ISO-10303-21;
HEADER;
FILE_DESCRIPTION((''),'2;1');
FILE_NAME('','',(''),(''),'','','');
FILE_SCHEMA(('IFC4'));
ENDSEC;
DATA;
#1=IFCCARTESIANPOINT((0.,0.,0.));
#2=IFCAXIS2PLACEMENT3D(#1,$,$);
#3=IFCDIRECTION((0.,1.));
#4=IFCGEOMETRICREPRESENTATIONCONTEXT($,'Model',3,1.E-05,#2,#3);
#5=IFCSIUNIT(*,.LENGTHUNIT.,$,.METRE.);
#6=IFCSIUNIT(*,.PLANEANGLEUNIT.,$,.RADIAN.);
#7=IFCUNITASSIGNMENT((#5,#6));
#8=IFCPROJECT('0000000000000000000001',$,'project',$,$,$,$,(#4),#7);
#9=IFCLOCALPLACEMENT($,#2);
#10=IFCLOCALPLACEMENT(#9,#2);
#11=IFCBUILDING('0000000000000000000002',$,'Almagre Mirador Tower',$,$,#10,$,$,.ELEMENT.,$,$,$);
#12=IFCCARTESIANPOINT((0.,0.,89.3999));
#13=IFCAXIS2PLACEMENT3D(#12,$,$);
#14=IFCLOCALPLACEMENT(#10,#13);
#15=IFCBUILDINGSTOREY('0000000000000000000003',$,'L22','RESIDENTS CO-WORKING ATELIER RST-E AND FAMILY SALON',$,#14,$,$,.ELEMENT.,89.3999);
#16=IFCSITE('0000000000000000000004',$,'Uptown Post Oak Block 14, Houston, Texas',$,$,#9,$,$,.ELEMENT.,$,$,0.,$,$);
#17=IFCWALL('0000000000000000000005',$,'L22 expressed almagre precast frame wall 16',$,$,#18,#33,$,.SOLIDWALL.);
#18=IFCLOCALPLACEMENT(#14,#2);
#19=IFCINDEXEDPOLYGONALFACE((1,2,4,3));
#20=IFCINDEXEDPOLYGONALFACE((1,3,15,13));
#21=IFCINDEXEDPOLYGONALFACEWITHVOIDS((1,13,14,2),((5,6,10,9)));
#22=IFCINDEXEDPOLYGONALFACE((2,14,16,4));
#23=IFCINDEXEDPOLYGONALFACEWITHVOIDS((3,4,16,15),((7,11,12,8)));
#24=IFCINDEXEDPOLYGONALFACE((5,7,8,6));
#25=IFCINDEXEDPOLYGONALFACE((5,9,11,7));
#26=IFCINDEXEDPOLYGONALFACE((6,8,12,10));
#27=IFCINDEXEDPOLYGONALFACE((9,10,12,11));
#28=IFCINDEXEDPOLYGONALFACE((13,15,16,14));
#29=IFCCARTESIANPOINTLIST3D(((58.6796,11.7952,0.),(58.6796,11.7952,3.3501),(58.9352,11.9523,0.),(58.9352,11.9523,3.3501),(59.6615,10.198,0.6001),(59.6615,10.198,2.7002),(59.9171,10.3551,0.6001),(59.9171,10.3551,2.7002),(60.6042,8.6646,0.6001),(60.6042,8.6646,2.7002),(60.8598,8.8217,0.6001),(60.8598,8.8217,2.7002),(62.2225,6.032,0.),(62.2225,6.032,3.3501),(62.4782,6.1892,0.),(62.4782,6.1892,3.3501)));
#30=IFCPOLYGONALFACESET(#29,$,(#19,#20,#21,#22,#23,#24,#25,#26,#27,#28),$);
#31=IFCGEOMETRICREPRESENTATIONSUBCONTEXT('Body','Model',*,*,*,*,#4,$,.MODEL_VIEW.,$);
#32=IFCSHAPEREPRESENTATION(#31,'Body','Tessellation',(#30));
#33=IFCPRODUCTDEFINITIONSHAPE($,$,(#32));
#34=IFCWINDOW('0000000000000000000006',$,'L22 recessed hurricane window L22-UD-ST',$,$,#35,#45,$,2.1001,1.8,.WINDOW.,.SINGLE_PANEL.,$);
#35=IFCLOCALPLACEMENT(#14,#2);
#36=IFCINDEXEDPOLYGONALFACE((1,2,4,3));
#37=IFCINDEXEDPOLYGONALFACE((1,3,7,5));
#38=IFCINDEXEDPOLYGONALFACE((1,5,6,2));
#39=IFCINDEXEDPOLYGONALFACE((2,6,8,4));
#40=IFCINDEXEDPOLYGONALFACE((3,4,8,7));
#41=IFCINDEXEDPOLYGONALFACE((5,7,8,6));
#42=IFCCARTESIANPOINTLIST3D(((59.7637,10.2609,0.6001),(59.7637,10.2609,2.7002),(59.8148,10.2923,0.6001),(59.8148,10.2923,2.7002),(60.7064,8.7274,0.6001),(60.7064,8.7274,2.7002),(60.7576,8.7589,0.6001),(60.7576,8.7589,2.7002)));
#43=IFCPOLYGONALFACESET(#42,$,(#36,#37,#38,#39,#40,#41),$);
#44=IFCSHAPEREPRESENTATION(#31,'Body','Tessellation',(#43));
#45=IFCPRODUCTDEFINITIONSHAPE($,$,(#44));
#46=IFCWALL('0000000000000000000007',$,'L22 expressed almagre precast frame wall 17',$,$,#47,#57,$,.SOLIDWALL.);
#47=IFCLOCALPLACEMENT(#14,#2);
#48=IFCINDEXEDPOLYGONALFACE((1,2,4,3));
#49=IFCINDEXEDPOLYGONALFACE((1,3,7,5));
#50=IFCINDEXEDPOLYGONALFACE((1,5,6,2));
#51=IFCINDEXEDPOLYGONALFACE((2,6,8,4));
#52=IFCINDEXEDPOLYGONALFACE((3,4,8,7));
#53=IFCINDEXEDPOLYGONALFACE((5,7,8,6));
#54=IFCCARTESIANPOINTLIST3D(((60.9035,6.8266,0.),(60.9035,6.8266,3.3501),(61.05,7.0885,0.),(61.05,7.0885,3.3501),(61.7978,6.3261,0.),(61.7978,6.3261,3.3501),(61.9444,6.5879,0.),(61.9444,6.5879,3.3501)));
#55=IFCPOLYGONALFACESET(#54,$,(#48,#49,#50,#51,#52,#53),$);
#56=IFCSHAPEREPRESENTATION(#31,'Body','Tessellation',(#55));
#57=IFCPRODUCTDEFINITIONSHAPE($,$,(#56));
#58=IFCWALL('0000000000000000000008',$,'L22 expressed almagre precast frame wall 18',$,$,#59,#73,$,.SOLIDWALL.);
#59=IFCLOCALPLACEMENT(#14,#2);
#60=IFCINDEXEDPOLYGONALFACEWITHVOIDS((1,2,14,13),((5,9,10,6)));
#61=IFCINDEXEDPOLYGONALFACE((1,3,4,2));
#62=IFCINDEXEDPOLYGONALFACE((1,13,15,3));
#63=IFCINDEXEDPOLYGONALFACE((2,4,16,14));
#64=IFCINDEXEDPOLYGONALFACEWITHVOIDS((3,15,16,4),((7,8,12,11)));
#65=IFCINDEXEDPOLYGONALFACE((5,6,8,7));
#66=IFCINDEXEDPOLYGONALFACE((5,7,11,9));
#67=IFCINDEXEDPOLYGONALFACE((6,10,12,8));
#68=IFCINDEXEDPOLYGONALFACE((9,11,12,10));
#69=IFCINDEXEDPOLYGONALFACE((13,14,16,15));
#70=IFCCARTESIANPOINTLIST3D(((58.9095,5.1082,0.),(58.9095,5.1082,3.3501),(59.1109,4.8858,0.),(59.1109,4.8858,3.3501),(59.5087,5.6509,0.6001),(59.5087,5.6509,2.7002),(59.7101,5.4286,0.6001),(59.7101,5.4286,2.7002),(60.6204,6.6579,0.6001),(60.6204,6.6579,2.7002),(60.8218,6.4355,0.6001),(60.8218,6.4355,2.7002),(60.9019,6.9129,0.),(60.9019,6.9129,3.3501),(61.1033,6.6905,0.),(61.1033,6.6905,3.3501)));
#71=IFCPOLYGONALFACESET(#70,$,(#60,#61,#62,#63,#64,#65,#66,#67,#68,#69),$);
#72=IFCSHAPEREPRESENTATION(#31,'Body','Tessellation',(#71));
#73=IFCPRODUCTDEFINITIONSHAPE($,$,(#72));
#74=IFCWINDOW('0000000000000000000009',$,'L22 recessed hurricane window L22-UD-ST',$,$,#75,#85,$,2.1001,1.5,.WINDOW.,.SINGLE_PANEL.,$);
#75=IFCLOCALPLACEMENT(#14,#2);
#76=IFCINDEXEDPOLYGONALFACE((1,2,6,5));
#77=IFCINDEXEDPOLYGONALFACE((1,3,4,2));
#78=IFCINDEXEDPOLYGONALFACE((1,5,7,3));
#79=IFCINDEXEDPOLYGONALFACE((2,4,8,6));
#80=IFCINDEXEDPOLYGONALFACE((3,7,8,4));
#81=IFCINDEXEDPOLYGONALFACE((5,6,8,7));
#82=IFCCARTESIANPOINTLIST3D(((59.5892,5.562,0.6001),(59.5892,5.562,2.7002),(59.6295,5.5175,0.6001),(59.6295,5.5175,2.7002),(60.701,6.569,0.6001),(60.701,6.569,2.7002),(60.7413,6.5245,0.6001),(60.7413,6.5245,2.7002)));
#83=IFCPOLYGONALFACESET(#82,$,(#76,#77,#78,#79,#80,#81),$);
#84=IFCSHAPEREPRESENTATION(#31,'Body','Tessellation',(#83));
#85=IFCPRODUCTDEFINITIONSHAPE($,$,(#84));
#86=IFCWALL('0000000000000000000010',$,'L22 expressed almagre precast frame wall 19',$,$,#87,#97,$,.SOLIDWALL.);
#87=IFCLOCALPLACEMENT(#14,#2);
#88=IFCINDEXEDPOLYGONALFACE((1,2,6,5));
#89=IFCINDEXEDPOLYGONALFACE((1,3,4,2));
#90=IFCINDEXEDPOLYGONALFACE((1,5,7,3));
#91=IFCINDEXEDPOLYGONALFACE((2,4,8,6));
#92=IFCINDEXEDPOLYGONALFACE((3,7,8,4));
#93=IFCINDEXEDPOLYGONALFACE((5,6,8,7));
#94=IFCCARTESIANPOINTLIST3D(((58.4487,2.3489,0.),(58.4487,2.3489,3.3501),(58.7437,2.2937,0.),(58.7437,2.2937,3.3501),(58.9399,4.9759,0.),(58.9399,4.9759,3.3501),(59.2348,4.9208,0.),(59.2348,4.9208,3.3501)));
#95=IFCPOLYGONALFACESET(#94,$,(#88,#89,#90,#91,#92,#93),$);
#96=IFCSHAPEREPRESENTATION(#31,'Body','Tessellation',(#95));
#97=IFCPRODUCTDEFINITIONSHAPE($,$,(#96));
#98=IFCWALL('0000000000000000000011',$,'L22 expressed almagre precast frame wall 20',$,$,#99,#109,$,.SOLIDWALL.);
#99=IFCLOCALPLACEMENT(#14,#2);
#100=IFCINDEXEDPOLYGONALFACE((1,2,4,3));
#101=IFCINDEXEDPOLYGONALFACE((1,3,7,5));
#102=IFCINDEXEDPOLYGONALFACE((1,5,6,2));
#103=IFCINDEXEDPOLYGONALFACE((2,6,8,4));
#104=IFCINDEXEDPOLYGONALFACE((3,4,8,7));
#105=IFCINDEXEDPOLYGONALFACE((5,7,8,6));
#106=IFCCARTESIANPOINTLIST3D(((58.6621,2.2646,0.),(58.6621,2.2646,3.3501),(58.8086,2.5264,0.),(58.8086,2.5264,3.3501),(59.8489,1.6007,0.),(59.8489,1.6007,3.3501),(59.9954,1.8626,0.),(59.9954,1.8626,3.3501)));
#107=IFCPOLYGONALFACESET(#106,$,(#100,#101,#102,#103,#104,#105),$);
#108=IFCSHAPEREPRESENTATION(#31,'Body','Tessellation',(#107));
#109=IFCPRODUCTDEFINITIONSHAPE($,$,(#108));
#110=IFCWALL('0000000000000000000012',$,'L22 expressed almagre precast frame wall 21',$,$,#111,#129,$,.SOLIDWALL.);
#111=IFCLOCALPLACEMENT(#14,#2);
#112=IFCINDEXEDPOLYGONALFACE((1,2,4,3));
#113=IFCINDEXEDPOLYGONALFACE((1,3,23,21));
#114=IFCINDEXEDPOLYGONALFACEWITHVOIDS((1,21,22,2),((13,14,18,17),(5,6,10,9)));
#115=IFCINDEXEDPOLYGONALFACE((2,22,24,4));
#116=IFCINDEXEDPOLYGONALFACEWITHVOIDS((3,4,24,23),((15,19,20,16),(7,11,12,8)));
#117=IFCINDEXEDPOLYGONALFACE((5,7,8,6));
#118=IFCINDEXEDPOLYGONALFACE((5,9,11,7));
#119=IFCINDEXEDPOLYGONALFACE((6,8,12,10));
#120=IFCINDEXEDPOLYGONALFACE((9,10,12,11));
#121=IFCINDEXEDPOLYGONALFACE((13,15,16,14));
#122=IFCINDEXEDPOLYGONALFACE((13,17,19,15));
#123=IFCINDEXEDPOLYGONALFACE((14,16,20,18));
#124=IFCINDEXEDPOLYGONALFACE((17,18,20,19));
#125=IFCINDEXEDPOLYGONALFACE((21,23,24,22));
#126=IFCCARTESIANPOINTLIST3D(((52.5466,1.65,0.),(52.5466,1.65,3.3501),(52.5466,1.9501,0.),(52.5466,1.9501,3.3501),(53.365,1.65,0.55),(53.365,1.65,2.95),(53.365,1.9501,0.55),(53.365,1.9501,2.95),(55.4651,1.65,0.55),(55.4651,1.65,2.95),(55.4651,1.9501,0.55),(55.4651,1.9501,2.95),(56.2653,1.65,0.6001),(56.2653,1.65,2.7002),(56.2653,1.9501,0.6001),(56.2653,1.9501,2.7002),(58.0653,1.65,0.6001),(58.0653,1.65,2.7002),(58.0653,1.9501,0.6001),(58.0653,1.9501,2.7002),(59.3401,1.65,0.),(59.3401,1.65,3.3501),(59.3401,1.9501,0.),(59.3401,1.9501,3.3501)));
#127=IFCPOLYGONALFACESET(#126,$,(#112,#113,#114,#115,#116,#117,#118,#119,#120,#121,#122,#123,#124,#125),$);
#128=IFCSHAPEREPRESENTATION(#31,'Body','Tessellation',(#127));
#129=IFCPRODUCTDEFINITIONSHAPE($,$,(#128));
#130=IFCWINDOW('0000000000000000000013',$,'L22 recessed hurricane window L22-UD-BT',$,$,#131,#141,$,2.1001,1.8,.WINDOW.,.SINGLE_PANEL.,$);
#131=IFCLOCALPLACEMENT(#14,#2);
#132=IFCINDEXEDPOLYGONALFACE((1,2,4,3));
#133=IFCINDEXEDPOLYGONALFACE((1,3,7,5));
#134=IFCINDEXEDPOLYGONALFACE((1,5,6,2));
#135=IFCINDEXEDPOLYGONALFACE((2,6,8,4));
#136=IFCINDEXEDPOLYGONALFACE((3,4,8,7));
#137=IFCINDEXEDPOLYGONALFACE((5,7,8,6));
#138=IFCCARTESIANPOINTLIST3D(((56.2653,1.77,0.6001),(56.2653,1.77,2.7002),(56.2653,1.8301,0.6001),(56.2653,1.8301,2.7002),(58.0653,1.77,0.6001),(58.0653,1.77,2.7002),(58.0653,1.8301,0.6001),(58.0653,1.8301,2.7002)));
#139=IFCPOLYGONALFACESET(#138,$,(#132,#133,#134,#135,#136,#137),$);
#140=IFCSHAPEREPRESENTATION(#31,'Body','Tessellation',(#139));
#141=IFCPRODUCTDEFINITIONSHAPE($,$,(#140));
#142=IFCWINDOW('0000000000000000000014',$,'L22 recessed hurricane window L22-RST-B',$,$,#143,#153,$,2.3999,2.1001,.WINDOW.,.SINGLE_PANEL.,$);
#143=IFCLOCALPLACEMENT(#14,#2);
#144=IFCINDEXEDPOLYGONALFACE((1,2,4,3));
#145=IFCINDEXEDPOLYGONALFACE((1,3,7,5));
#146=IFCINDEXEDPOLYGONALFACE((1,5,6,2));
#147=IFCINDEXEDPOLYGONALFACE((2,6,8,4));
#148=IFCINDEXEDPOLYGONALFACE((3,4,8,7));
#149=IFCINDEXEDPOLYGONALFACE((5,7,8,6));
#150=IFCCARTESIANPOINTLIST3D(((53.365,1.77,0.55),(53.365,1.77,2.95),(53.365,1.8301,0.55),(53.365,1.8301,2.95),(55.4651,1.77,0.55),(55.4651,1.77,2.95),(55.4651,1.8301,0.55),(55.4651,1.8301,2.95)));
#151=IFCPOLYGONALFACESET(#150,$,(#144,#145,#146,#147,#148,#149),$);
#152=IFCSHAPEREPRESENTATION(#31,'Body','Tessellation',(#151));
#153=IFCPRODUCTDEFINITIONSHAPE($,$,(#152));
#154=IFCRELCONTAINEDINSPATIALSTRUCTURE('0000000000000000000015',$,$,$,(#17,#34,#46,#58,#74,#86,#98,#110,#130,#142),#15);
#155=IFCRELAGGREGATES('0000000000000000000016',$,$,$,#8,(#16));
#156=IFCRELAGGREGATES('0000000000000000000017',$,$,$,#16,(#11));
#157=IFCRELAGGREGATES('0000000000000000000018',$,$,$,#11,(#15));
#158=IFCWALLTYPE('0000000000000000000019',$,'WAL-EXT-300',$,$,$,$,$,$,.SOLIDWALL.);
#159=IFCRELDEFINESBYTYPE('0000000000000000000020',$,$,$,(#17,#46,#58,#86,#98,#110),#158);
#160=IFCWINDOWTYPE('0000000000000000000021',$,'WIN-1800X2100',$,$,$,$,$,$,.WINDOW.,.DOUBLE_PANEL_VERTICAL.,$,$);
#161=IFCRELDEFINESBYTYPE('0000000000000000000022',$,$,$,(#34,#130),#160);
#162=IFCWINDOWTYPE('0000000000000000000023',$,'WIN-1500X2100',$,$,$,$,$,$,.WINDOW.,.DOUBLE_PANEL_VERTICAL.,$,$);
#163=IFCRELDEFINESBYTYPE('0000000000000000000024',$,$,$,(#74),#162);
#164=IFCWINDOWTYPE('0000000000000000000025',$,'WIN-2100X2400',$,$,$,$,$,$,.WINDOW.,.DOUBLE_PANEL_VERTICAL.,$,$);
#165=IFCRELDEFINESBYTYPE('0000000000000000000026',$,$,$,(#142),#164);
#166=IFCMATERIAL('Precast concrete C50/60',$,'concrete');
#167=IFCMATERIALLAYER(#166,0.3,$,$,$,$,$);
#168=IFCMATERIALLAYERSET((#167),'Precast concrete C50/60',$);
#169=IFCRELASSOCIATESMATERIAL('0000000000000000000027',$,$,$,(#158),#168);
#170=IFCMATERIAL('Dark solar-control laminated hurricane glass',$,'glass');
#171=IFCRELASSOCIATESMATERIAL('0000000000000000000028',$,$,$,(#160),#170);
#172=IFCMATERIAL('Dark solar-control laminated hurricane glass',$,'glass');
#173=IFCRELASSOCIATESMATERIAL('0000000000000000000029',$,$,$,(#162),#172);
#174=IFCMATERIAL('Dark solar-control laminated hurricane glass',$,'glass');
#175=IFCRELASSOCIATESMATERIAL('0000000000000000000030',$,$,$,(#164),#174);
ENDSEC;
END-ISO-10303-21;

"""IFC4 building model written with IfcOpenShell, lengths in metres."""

from ifc_helpers import new_model, si_unit, direction, frame, frame_2d, origin, place, context, subcontext, project, spatial, rectangle, extrude, material, layer, layer_set, type_object, element, fill, save


model = new_model("IFC4")

# Units and contexts
model_context = context("Model", 3, precision=1e-05, world=origin(), true_north=direction((0.0, 1.0)))
body_context = subcontext(model_context, "Body", "Model", "MODEL_VIEW")
ifc_project = project(units=[si_unit("LENGTHUNIT", "METRE"), si_unit("PLANEANGLEUNIT", "RADIAN")], contexts=[model_context])

# Site, building, storey
site_placement = place(None, origin())
site = spatial("IfcSite", under=ifc_project, at=site_placement, Name="Uptown Post Oak Block 14, Houston, Texas", CompositionType="ELEMENT", RefElevation=0.0)
building_placement = place(site_placement, origin())
building = spatial("IfcBuilding", under=site, at=building_placement, Name="Almagre Mirador Tower", CompositionType="ELEMENT")
storey_placement = place(building_placement, frame((0.0, 0.0, 89.3999)))
storey = spatial("IfcBuildingStorey", under=building, at=storey_placement, Name="L22", Description="RESIDENTS CO-WORKING ATELIER RST-E AND FAMILY SALON", CompositionType="ELEMENT", Elevation=89.3999)

# Wall, opening, window
ifc_material_1 = material(Name="Precast concrete C50/60", Category="concrete")
ifc_layer = layer(ifc_material_1, 0.3)
ifc_layer_set = layer_set([ifc_layer], Name="Precast concrete C50/60")
wall_type = type_object("IfcWallType", Name="WAL-EXT-300", PredefinedType="SOLIDWALL", material=ifc_layer_set)
wall_1_placement = place(storey_placement, frame((58.8074, 11.8738, 0.0), z_axis=(0.0, 0.0, 1.0), x_axis=(0.523711, -0.851896, 0.0)))
wall_1 = element("IfcWall", 1, at=wall_1_placement, inside=storey, type_object=wall_type, Name="L22 expressed almagre precast frame wall 16", PredefinedType="SOLIDWALL", context=body_context, shape_type="SweptSolid", body=[
    extrude(rectangle(XDim=6.7651, YDim=0.3, at=frame_2d((3.3826, 0.0))), origin(), (0.0, 0.0, 1.0), 3.3501),
])
opening_1_placement = place(wall_1_placement, frame((1.875, 0.0, 0.6001)))
opening_1 = element("IfcOpeningElement", 2, at=opening_1_placement, cuts=wall_1, PredefinedType="OPENING", context=body_context, shape_type="SweptSolid", body=[
    extrude(rectangle(XDim=1.8, YDim=2.1001, at=frame_2d((0.8999, 1.05))), frame((0.0, 0.1599, 0.0), z_axis=(0.0, -1.0, 0.0), x_axis=(1.0, 0.0, 0.0)), (0.0, 0.0, 1.0), 0.32),
])
ifc_material_2 = material(Name="Dark solar-control laminated hurricane glass", Category="glass")
window_type_1 = type_object("IfcWindowType", Name="WIN-1800X2100", PartitioningType="DOUBLE_PANEL_VERTICAL", PredefinedType="WINDOW", material=ifc_material_2)
window_1_placement = place(opening_1_placement, origin())
window_1 = element("IfcWindow", 3, at=window_1_placement, inside=storey, type_object=window_type_1, Name="L22 recessed hurricane window L22-UD-ST", OverallHeight=2.1001, OverallWidth=1.8, PartitioningType="SINGLE_PANEL", PredefinedType="WINDOW", context=body_context, shape_type="SweptSolid", body=[
    extrude(rectangle(XDim=1.8, YDim=2.1001, at=frame_2d((0.8999, 1.05))), frame((0.0, 0.03, 0.0), z_axis=(0.0, -1.0, 0.0), x_axis=(1.0, 0.0, 0.0)), (0.0, 0.0, 1.0), 0.0601),
])
fill(opening_1, window_1)

# Wall
wall_2_placement = place(storey_placement, frame((61.8711, 6.457, 0.0), z_axis=(0.0, 0.0, 1.0), x_axis=(-0.872636, 0.488371, 0.0)))
element("IfcWall", 4, at=wall_2_placement, inside=storey, type_object=wall_type, Name="L22 expressed almagre precast frame wall 17", PredefinedType="SOLIDWALL", context=body_context, shape_type="SweptSolid", body=[
    extrude(rectangle(XDim=1.0249, YDim=0.3, at=frame_2d((0.5125, 0.0))), origin(), (0.0, 0.0, 1.0), 3.3501),
])

# Wall, opening, window
wall_3_placement = place(storey_placement, frame((61.0027, 6.8018, 0.0), z_axis=(0.0, 0.0, 1.0), x_axis=(-0.741163, -0.671325, 0.0)))
wall_3 = element("IfcWall", 5, at=wall_3_placement, inside=storey, type_object=wall_type, Name="L22 expressed almagre precast frame wall 18", PredefinedType="SOLIDWALL", context=body_context, shape_type="SweptSolid", body=[
    extrude(rectangle(XDim=2.6882, YDim=0.3, at=frame_2d((1.3442, 0.0))), origin(), (0.0, 0.0, 1.0), 3.3501),
])
opening_2_placement = place(wall_3_placement, frame((0.3799, 0.0, 0.6001)))
opening_2 = element("IfcOpeningElement", 6, at=opening_2_placement, cuts=wall_3, PredefinedType="OPENING", context=body_context, shape_type="SweptSolid", body=[
    extrude(rectangle(XDim=1.5, YDim=2.1001, at=frame_2d((0.75, 1.05))), frame((0.0, 0.1599, 0.0), z_axis=(0.0, -1.0, 0.0), x_axis=(1.0, 0.0, 0.0)), (0.0, 0.0, 1.0), 0.32),
])
ifc_material_3 = material(Name="Dark solar-control laminated hurricane glass", Category="glass")
window_type_2 = type_object("IfcWindowType", Name="WIN-1500X2100", PartitioningType="DOUBLE_PANEL_VERTICAL", PredefinedType="WINDOW", material=ifc_material_3)
window_2_placement = place(opening_2_placement, origin())
window_2 = element("IfcWindow", 7, at=window_2_placement, inside=storey, type_object=window_type_2, Name="L22 recessed hurricane window L22-UD-ST", OverallHeight=2.1001, OverallWidth=1.5, PartitioningType="SINGLE_PANEL", PredefinedType="WINDOW", context=body_context, shape_type="SweptSolid", body=[
    extrude(rectangle(XDim=1.5, YDim=2.1001, at=frame_2d((0.75, 1.05))), frame((0.0, 0.03, 0.0), z_axis=(0.0, -1.0, 0.0), x_axis=(1.0, 0.0, 0.0)), (0.0, 0.0, 1.0), 0.0601),
])
fill(opening_2, window_2)

# Walls
wall_4_placement = place(storey_placement, frame((59.0874, 4.9485, 0.0), z_axis=(0.0, 0.0, 1.0), x_axis=(-0.183787, -0.982966, 0.0)))
element("IfcWall", 8, at=wall_4_placement, inside=storey, type_object=wall_type, Name="L22 expressed almagre precast frame wall 19", PredefinedType="SOLIDWALL", context=body_context, shape_type="SweptSolid", body=[
    extrude(rectangle(XDim=2.6726, YDim=0.3, at=frame_2d((1.3364, 0.0))), origin(), (0.0, 0.0, 1.0), 3.3501),
])
wall_5_placement = place(storey_placement, frame((58.7354, 2.3955, 0.0), z_axis=(0.0, 0.0, 1.0), x_axis=(0.872748, -0.488171, 0.0)))
element("IfcWall", 9, at=wall_5_placement, inside=storey, type_object=wall_type, Name="L22 expressed almagre precast frame wall 20", PredefinedType="SOLIDWALL", context=body_context, shape_type="SweptSolid", body=[
    extrude(rectangle(XDim=1.3599, YDim=0.3, at=frame_2d((0.6799, 0.0))), origin(), (0.0, 0.0, 1.0), 3.3501),
])

# Wall, openings, windows
wall_6_placement = place(storey_placement, frame((59.3401, 1.8, 0.0), z_axis=(0.0, 0.0, 1.0), x_axis=(-1.0, 0.0, 0.0)))
wall_6 = element("IfcWall", 10, at=wall_6_placement, inside=storey, type_object=wall_type, Name="L22 expressed almagre precast frame wall 21", PredefinedType="SOLIDWALL", context=body_context, shape_type="SweptSolid", body=[
    extrude(rectangle(XDim=6.7935, YDim=0.3, at=frame_2d((3.3967, 0.0))), origin(), (0.0, 0.0, 1.0), 3.3501),
])
opening_3_placement = place(wall_6_placement, frame((3.875, 0.0, 0.55)))
opening_3 = element("IfcOpeningElement", 11, at=opening_3_placement, cuts=wall_6, PredefinedType="OPENING", context=body_context, shape_type="SweptSolid", body=[
    extrude(rectangle(XDim=2.1001, YDim=2.3999, at=frame_2d((1.05, 1.2))), frame((0.0, 0.1599, 0.0), z_axis=(0.0, -1.0, 0.0), x_axis=(1.0, 0.0, 0.0)), (0.0, 0.0, 1.0), 0.32),
])
opening_4_placement = place(wall_6_placement, frame((1.2749, 0.0, 0.6001)))
opening_4 = element("IfcOpeningElement", 12, at=opening_4_placement, cuts=wall_6, PredefinedType="OPENING", context=body_context, shape_type="SweptSolid", body=[
    extrude(rectangle(XDim=1.8, YDim=2.1001, at=frame_2d((0.8999, 1.05))), frame((0.0, 0.1599, 0.0), z_axis=(0.0, -1.0, 0.0), x_axis=(1.0, 0.0, 0.0)), (0.0, 0.0, 1.0), 0.32),
])
window_3_placement = place(opening_4_placement, origin())
window_3 = element("IfcWindow", 13, at=window_3_placement, inside=storey, type_object=window_type_1, Name="L22 recessed hurricane window L22-UD-BT", OverallHeight=2.1001, OverallWidth=1.8, PartitioningType="SINGLE_PANEL", PredefinedType="WINDOW", context=body_context, shape_type="SweptSolid", body=[
    extrude(rectangle(XDim=1.8, YDim=2.1001, at=frame_2d((0.8999, 1.05))), frame((0.0, 0.03, 0.0), z_axis=(0.0, -1.0, 0.0), x_axis=(1.0, 0.0, 0.0)), (0.0, 0.0, 1.0), 0.0601),
])
fill(opening_4, window_3)
ifc_material_4 = material(Name="Dark solar-control laminated hurricane glass", Category="glass")
window_type_3 = type_object("IfcWindowType", Name="WIN-2100X2400", PartitioningType="DOUBLE_PANEL_VERTICAL", PredefinedType="WINDOW", material=ifc_material_4)
window_4_placement = place(opening_3_placement, origin())
window_4 = element("IfcWindow", 14, at=window_4_placement, inside=storey, type_object=window_type_3, Name="L22 recessed hurricane window L22-RST-B", OverallHeight=2.3999, OverallWidth=2.1001, PartitioningType="SINGLE_PANEL", PredefinedType="WINDOW", context=body_context, shape_type="SweptSolid", body=[
    extrude(rectangle(XDim=2.1001, YDim=2.3999, at=frame_2d((1.05, 1.2))), frame((0.0, 0.03, 0.0), z_axis=(0.0, -1.0, 0.0), x_axis=(1.0, 0.0, 0.0)), (0.0, 0.0, 1.0), 0.0601),
])
fill(opening_3, window_4)

save(model, "model.ifc")
